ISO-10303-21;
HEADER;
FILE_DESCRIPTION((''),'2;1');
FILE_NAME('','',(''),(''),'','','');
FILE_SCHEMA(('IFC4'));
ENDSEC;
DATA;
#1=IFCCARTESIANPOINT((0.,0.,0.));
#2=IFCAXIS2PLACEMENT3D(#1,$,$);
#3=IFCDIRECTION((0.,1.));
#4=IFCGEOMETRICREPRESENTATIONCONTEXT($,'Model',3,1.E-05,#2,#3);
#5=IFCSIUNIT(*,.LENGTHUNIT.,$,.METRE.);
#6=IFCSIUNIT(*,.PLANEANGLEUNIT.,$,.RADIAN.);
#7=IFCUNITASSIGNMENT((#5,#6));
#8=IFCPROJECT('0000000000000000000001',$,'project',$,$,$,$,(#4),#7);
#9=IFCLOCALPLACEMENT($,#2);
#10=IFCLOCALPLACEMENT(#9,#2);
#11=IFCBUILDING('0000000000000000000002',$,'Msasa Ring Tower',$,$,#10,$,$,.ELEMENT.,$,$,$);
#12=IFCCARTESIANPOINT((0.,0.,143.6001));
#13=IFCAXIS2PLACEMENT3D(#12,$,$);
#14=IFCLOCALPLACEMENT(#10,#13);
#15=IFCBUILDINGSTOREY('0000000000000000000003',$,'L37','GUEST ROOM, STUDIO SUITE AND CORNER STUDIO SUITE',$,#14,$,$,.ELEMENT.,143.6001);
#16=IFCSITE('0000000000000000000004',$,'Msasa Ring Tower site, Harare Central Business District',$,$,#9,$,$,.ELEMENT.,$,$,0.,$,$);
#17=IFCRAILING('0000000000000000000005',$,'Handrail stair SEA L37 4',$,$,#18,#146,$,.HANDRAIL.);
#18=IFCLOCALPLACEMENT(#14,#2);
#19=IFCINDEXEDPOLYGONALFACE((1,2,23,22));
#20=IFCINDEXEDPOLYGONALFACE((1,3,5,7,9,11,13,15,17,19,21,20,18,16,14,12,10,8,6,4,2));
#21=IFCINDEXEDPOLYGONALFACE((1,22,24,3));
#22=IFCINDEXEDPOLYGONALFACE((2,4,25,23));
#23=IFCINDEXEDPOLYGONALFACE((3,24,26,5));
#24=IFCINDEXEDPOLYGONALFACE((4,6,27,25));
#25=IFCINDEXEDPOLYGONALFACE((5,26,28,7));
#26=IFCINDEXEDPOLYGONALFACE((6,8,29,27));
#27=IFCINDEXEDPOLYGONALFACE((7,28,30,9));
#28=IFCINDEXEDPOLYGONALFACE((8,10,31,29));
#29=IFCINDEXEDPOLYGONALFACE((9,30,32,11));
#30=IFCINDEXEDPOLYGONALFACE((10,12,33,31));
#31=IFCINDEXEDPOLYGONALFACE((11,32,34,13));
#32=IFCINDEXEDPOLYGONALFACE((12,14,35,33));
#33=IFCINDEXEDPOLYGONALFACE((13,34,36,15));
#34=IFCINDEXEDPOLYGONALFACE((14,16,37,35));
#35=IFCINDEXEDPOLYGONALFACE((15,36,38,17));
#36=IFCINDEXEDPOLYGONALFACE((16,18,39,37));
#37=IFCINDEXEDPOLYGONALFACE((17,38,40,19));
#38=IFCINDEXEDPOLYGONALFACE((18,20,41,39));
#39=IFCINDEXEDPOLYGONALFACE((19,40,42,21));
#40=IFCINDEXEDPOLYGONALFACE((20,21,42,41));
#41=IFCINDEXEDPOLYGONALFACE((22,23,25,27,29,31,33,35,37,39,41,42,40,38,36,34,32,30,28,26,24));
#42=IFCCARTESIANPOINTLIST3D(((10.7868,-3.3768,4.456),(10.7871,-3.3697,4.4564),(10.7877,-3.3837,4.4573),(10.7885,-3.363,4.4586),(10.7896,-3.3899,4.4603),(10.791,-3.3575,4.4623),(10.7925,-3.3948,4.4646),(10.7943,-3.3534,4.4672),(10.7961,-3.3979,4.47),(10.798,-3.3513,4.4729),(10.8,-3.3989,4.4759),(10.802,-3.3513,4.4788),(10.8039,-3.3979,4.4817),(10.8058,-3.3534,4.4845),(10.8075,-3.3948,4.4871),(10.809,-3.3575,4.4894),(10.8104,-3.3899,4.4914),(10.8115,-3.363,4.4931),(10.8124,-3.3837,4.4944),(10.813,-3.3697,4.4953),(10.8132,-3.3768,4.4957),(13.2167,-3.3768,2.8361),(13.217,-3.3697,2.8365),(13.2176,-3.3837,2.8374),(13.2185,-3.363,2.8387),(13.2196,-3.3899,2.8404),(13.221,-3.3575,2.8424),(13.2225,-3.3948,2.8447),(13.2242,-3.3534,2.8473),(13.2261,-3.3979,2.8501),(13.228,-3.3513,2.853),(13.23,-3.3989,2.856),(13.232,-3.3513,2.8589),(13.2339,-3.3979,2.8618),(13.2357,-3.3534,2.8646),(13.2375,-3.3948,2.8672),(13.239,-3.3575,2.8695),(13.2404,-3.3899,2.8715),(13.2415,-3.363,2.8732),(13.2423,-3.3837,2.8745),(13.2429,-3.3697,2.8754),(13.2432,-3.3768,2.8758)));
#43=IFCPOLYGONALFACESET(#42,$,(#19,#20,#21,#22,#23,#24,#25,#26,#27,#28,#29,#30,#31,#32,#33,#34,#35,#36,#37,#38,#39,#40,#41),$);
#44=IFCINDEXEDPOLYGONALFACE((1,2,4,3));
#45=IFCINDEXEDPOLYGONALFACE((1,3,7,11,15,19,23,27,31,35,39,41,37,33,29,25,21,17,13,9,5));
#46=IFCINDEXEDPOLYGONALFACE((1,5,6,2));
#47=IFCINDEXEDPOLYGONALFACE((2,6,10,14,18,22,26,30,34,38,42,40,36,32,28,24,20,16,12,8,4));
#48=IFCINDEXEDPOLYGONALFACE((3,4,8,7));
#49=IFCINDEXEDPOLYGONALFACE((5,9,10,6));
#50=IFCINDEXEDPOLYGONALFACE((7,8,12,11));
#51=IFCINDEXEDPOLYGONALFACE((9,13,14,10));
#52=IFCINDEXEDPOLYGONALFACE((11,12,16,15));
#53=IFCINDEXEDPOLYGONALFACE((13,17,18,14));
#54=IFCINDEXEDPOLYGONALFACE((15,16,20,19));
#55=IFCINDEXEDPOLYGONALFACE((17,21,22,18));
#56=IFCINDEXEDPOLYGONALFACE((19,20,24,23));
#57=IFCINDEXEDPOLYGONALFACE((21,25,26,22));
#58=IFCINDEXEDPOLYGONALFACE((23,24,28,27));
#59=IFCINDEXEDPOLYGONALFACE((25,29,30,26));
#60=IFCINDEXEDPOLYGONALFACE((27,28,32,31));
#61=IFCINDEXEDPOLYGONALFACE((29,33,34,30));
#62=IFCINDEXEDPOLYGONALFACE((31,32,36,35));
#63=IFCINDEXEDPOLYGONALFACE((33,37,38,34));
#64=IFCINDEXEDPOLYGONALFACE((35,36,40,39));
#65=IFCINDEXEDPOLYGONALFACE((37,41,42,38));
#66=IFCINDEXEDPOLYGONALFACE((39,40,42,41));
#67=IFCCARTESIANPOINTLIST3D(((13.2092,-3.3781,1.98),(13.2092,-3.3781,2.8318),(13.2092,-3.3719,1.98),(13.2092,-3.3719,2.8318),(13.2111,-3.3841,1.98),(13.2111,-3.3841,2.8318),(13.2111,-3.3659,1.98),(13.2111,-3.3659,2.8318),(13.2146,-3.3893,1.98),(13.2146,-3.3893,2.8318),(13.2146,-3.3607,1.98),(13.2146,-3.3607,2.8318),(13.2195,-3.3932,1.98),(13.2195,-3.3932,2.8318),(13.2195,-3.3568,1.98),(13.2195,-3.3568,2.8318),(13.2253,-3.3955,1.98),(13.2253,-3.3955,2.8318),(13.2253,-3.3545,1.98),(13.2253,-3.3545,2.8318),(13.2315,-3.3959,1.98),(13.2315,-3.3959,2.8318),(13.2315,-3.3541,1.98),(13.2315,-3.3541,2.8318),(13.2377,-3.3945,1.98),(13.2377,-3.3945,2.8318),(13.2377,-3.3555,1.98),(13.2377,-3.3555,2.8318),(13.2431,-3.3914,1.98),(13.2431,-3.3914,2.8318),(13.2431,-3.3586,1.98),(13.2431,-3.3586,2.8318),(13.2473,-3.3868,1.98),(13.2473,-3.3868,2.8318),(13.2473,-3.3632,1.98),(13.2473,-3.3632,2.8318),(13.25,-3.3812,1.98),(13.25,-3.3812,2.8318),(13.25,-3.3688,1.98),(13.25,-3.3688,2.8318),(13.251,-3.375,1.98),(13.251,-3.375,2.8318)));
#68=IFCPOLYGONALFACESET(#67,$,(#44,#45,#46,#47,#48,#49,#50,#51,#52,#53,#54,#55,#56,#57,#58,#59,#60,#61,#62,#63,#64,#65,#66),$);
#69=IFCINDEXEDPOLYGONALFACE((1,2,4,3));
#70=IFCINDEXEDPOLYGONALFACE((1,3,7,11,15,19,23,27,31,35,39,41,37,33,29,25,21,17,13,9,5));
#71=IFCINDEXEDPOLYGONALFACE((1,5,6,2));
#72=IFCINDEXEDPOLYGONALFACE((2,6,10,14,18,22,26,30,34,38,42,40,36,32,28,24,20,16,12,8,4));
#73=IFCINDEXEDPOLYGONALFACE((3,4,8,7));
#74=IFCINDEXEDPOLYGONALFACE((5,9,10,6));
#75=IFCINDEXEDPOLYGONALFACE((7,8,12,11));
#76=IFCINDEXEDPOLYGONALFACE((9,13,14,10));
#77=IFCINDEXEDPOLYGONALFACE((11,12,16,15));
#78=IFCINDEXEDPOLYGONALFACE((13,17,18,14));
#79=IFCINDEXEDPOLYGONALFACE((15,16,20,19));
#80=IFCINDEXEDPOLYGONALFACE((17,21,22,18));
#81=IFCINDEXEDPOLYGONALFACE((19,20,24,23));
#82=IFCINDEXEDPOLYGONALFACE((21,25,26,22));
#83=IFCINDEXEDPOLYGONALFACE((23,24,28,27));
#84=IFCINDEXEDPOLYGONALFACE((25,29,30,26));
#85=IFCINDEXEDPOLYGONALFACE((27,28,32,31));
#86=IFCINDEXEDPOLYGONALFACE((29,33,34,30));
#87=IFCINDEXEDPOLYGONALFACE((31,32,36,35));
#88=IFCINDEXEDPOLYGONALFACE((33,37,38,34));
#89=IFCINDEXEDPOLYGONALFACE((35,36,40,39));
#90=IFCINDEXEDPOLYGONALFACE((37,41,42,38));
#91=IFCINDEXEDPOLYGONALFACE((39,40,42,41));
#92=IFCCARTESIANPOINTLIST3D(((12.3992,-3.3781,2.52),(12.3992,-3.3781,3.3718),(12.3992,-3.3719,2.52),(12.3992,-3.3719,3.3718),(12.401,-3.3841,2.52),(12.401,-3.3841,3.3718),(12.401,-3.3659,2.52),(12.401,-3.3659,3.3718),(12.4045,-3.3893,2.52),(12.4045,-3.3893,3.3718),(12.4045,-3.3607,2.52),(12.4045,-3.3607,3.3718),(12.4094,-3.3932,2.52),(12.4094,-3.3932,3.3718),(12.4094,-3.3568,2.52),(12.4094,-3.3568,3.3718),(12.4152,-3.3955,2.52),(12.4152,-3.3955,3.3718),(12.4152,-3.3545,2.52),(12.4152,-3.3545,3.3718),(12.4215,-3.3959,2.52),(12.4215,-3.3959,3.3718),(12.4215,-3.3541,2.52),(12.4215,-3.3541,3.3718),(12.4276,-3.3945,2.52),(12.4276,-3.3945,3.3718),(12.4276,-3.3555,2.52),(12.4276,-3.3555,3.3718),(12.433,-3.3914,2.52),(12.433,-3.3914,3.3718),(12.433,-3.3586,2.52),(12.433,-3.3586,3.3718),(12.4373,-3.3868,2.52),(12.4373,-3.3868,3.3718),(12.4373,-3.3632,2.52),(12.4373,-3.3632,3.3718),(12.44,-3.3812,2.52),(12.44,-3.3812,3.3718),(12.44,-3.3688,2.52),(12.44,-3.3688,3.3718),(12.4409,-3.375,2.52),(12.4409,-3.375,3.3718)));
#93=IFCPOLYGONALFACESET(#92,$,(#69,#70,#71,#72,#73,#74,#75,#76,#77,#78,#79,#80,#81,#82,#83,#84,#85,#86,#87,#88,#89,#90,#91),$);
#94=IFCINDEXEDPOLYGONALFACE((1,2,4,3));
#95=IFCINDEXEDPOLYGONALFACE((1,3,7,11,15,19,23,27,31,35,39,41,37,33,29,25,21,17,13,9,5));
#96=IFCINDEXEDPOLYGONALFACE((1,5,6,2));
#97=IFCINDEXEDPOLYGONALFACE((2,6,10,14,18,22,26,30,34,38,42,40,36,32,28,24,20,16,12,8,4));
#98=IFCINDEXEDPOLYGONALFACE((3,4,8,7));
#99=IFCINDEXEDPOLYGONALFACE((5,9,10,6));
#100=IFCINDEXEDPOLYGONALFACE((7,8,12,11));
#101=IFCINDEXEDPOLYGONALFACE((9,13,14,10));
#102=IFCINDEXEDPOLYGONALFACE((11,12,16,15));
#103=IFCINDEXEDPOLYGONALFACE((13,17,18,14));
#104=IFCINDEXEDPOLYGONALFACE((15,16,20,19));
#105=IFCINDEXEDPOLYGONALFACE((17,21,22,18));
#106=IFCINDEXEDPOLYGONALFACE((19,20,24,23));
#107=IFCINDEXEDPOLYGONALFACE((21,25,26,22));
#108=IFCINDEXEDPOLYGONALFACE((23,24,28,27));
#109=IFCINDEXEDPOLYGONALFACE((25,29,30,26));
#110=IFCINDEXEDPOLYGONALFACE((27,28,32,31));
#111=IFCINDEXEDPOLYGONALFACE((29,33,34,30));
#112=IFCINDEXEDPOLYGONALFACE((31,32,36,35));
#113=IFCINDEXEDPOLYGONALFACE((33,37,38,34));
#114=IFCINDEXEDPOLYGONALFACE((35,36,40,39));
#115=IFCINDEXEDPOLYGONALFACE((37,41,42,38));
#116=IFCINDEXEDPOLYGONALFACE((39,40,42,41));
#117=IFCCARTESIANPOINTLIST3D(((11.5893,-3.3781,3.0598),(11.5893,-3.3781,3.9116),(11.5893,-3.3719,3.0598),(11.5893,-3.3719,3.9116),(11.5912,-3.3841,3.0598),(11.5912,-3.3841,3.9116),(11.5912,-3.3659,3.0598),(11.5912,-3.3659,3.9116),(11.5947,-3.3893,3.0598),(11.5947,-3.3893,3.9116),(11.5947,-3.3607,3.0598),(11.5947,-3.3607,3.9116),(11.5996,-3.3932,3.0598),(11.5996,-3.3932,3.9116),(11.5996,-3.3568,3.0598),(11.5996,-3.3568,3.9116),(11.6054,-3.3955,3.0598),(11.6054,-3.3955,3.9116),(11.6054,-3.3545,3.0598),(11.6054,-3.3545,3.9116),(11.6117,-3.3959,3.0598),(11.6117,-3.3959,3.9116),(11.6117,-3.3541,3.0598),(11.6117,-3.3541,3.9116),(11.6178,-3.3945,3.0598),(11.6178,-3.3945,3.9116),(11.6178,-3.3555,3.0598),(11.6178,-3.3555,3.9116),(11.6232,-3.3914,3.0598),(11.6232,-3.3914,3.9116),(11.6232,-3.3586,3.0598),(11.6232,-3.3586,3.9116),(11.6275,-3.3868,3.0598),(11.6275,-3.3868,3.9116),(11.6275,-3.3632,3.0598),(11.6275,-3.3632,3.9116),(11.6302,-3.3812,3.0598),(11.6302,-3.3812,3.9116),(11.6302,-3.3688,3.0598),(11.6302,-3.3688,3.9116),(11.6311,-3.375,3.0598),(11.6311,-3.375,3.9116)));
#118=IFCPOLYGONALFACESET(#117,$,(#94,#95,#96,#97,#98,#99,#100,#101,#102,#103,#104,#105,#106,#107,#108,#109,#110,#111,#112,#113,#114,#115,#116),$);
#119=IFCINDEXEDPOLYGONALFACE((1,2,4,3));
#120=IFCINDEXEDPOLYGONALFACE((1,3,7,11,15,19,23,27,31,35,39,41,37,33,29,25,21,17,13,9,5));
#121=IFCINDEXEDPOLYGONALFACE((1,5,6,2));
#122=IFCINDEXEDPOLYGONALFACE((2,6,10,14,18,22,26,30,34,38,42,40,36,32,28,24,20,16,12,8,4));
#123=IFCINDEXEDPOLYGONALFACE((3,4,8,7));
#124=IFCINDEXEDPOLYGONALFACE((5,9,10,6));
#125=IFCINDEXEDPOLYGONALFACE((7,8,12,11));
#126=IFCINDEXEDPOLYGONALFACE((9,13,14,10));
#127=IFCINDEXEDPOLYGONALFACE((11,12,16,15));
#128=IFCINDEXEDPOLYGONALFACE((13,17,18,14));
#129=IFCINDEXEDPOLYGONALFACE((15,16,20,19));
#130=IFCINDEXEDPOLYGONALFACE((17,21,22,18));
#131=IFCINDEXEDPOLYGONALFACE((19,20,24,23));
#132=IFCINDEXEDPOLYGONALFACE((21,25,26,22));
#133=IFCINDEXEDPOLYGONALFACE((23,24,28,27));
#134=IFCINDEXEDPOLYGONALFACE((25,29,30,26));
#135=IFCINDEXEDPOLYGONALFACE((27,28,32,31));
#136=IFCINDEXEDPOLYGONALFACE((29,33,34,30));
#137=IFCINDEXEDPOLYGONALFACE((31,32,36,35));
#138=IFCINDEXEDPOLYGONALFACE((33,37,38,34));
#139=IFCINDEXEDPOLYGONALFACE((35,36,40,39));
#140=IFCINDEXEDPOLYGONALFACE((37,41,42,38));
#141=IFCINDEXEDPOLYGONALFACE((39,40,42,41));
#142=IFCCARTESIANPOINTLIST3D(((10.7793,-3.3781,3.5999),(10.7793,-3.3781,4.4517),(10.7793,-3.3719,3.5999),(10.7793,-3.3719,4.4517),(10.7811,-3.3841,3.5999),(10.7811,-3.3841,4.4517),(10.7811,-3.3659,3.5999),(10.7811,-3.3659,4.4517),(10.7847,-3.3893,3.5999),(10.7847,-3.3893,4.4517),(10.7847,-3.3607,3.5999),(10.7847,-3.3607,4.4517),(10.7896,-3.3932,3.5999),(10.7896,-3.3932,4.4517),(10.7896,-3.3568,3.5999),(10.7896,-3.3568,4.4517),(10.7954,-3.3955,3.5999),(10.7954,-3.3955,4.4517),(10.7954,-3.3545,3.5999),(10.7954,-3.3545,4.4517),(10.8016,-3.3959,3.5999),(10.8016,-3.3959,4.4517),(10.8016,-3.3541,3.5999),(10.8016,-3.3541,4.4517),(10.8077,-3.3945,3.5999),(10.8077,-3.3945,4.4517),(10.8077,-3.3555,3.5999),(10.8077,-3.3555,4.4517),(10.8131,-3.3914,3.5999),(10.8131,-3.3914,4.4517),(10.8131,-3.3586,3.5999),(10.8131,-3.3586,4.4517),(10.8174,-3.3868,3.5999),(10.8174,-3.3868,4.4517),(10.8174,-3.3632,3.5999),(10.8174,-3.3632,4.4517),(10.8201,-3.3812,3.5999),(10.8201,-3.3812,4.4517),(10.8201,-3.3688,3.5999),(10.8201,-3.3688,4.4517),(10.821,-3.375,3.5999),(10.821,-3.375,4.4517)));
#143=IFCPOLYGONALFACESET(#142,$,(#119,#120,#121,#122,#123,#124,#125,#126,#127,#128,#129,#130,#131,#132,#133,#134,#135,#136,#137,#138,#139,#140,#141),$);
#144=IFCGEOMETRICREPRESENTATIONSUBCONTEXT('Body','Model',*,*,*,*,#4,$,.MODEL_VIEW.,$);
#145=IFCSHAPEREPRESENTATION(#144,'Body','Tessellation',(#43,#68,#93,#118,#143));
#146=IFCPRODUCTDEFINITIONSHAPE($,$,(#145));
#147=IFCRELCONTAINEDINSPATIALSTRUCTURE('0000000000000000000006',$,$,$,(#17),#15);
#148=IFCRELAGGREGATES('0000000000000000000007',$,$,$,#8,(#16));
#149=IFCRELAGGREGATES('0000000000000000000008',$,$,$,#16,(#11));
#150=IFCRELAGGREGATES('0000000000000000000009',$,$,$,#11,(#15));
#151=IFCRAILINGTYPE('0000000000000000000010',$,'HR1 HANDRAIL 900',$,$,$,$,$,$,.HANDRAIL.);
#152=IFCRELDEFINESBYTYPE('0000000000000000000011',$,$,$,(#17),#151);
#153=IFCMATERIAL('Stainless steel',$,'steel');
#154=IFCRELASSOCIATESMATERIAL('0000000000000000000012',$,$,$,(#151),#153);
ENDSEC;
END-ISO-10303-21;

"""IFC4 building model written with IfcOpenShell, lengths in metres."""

from ifc_helpers import new_model, si_unit, direction, frame, origin, origin_2d, place, context, subcontext, project, spatial, circle, extrude, material, type_object, element, save


model = new_model("IFC4")

# Units and contexts
model_context = context("Model", 3, precision=1e-05, world=origin(), true_north=direction((0.0, 1.0)))
body_context = subcontext(model_context, "Body", "Model", "MODEL_VIEW")
ifc_project = project(units=[si_unit("LENGTHUNIT", "METRE"), si_unit("PLANEANGLEUNIT", "RADIAN")], contexts=[model_context])

# Site, building, storey
site_placement = place(None, origin())
site = spatial("IfcSite", under=ifc_project, at=site_placement, Name="Msasa Ring Tower site, Harare Central Business District", CompositionType="ELEMENT", RefElevation=0.0)
building_placement = place(site_placement, origin())
building = spatial("IfcBuilding", under=site, at=building_placement, Name="Msasa Ring Tower", CompositionType="ELEMENT")
storey_placement = place(building_placement, frame((0.0, 0.0, 143.6001)))
storey = spatial("IfcBuildingStorey", under=building, at=storey_placement, Name="L37", Description="GUEST ROOM, STUDIO SUITE AND CORNER STUDIO SUITE", CompositionType="ELEMENT", Elevation=143.6001)

# Railing
ifc_material_1 = material(Name="Stainless steel", Category="steel")
railing_type = type_object("IfcRailingType", Name="HR1 HANDRAIL 900", PredefinedType="HANDRAIL", material=ifc_material_1)
for number, where, name in (
    (1, (13.23, -3.375, 1.98), "Handrail stair SEA L37 4"),
):
    element("IfcRailing", number, at=place(storey_placement, frame(where)), inside=storey, type_object=railing_type, Name=name, PredefinedType="HANDRAIL", context=body_context, shape_type="SweptSolid", body=[
        extrude(circle(Radius=0.0239, at=origin_2d()), frame((0.0, 0.0, 0.876), z_axis=(-0.832063, 0.0, 0.554681), x_axis=(0.0, -1.0, 0.0)), (0.0, 0.0, 1.0), 2.9204),
        extrude(circle(Radius=0.021, at=origin_2d()), origin(), (0.0, 0.0, 1.0), 0.8518),
        extrude(circle(Radius=0.021, at=origin_2d()), frame((-0.8101, 0.0, 0.54)), (0.0, 0.0, 1.0), 0.8518),
        extrude(circle(Radius=0.021, at=origin_2d()), frame((-1.6199, 0.0, 1.0798)), (0.0, 0.0, 1.0), 0.8518),
        extrude(circle(Radius=0.021, at=origin_2d()), frame((-2.4299, 0.0, 1.6199)), (0.0, 0.0, 1.0), 0.8518),
    ])

save(model, "model.ifc")
